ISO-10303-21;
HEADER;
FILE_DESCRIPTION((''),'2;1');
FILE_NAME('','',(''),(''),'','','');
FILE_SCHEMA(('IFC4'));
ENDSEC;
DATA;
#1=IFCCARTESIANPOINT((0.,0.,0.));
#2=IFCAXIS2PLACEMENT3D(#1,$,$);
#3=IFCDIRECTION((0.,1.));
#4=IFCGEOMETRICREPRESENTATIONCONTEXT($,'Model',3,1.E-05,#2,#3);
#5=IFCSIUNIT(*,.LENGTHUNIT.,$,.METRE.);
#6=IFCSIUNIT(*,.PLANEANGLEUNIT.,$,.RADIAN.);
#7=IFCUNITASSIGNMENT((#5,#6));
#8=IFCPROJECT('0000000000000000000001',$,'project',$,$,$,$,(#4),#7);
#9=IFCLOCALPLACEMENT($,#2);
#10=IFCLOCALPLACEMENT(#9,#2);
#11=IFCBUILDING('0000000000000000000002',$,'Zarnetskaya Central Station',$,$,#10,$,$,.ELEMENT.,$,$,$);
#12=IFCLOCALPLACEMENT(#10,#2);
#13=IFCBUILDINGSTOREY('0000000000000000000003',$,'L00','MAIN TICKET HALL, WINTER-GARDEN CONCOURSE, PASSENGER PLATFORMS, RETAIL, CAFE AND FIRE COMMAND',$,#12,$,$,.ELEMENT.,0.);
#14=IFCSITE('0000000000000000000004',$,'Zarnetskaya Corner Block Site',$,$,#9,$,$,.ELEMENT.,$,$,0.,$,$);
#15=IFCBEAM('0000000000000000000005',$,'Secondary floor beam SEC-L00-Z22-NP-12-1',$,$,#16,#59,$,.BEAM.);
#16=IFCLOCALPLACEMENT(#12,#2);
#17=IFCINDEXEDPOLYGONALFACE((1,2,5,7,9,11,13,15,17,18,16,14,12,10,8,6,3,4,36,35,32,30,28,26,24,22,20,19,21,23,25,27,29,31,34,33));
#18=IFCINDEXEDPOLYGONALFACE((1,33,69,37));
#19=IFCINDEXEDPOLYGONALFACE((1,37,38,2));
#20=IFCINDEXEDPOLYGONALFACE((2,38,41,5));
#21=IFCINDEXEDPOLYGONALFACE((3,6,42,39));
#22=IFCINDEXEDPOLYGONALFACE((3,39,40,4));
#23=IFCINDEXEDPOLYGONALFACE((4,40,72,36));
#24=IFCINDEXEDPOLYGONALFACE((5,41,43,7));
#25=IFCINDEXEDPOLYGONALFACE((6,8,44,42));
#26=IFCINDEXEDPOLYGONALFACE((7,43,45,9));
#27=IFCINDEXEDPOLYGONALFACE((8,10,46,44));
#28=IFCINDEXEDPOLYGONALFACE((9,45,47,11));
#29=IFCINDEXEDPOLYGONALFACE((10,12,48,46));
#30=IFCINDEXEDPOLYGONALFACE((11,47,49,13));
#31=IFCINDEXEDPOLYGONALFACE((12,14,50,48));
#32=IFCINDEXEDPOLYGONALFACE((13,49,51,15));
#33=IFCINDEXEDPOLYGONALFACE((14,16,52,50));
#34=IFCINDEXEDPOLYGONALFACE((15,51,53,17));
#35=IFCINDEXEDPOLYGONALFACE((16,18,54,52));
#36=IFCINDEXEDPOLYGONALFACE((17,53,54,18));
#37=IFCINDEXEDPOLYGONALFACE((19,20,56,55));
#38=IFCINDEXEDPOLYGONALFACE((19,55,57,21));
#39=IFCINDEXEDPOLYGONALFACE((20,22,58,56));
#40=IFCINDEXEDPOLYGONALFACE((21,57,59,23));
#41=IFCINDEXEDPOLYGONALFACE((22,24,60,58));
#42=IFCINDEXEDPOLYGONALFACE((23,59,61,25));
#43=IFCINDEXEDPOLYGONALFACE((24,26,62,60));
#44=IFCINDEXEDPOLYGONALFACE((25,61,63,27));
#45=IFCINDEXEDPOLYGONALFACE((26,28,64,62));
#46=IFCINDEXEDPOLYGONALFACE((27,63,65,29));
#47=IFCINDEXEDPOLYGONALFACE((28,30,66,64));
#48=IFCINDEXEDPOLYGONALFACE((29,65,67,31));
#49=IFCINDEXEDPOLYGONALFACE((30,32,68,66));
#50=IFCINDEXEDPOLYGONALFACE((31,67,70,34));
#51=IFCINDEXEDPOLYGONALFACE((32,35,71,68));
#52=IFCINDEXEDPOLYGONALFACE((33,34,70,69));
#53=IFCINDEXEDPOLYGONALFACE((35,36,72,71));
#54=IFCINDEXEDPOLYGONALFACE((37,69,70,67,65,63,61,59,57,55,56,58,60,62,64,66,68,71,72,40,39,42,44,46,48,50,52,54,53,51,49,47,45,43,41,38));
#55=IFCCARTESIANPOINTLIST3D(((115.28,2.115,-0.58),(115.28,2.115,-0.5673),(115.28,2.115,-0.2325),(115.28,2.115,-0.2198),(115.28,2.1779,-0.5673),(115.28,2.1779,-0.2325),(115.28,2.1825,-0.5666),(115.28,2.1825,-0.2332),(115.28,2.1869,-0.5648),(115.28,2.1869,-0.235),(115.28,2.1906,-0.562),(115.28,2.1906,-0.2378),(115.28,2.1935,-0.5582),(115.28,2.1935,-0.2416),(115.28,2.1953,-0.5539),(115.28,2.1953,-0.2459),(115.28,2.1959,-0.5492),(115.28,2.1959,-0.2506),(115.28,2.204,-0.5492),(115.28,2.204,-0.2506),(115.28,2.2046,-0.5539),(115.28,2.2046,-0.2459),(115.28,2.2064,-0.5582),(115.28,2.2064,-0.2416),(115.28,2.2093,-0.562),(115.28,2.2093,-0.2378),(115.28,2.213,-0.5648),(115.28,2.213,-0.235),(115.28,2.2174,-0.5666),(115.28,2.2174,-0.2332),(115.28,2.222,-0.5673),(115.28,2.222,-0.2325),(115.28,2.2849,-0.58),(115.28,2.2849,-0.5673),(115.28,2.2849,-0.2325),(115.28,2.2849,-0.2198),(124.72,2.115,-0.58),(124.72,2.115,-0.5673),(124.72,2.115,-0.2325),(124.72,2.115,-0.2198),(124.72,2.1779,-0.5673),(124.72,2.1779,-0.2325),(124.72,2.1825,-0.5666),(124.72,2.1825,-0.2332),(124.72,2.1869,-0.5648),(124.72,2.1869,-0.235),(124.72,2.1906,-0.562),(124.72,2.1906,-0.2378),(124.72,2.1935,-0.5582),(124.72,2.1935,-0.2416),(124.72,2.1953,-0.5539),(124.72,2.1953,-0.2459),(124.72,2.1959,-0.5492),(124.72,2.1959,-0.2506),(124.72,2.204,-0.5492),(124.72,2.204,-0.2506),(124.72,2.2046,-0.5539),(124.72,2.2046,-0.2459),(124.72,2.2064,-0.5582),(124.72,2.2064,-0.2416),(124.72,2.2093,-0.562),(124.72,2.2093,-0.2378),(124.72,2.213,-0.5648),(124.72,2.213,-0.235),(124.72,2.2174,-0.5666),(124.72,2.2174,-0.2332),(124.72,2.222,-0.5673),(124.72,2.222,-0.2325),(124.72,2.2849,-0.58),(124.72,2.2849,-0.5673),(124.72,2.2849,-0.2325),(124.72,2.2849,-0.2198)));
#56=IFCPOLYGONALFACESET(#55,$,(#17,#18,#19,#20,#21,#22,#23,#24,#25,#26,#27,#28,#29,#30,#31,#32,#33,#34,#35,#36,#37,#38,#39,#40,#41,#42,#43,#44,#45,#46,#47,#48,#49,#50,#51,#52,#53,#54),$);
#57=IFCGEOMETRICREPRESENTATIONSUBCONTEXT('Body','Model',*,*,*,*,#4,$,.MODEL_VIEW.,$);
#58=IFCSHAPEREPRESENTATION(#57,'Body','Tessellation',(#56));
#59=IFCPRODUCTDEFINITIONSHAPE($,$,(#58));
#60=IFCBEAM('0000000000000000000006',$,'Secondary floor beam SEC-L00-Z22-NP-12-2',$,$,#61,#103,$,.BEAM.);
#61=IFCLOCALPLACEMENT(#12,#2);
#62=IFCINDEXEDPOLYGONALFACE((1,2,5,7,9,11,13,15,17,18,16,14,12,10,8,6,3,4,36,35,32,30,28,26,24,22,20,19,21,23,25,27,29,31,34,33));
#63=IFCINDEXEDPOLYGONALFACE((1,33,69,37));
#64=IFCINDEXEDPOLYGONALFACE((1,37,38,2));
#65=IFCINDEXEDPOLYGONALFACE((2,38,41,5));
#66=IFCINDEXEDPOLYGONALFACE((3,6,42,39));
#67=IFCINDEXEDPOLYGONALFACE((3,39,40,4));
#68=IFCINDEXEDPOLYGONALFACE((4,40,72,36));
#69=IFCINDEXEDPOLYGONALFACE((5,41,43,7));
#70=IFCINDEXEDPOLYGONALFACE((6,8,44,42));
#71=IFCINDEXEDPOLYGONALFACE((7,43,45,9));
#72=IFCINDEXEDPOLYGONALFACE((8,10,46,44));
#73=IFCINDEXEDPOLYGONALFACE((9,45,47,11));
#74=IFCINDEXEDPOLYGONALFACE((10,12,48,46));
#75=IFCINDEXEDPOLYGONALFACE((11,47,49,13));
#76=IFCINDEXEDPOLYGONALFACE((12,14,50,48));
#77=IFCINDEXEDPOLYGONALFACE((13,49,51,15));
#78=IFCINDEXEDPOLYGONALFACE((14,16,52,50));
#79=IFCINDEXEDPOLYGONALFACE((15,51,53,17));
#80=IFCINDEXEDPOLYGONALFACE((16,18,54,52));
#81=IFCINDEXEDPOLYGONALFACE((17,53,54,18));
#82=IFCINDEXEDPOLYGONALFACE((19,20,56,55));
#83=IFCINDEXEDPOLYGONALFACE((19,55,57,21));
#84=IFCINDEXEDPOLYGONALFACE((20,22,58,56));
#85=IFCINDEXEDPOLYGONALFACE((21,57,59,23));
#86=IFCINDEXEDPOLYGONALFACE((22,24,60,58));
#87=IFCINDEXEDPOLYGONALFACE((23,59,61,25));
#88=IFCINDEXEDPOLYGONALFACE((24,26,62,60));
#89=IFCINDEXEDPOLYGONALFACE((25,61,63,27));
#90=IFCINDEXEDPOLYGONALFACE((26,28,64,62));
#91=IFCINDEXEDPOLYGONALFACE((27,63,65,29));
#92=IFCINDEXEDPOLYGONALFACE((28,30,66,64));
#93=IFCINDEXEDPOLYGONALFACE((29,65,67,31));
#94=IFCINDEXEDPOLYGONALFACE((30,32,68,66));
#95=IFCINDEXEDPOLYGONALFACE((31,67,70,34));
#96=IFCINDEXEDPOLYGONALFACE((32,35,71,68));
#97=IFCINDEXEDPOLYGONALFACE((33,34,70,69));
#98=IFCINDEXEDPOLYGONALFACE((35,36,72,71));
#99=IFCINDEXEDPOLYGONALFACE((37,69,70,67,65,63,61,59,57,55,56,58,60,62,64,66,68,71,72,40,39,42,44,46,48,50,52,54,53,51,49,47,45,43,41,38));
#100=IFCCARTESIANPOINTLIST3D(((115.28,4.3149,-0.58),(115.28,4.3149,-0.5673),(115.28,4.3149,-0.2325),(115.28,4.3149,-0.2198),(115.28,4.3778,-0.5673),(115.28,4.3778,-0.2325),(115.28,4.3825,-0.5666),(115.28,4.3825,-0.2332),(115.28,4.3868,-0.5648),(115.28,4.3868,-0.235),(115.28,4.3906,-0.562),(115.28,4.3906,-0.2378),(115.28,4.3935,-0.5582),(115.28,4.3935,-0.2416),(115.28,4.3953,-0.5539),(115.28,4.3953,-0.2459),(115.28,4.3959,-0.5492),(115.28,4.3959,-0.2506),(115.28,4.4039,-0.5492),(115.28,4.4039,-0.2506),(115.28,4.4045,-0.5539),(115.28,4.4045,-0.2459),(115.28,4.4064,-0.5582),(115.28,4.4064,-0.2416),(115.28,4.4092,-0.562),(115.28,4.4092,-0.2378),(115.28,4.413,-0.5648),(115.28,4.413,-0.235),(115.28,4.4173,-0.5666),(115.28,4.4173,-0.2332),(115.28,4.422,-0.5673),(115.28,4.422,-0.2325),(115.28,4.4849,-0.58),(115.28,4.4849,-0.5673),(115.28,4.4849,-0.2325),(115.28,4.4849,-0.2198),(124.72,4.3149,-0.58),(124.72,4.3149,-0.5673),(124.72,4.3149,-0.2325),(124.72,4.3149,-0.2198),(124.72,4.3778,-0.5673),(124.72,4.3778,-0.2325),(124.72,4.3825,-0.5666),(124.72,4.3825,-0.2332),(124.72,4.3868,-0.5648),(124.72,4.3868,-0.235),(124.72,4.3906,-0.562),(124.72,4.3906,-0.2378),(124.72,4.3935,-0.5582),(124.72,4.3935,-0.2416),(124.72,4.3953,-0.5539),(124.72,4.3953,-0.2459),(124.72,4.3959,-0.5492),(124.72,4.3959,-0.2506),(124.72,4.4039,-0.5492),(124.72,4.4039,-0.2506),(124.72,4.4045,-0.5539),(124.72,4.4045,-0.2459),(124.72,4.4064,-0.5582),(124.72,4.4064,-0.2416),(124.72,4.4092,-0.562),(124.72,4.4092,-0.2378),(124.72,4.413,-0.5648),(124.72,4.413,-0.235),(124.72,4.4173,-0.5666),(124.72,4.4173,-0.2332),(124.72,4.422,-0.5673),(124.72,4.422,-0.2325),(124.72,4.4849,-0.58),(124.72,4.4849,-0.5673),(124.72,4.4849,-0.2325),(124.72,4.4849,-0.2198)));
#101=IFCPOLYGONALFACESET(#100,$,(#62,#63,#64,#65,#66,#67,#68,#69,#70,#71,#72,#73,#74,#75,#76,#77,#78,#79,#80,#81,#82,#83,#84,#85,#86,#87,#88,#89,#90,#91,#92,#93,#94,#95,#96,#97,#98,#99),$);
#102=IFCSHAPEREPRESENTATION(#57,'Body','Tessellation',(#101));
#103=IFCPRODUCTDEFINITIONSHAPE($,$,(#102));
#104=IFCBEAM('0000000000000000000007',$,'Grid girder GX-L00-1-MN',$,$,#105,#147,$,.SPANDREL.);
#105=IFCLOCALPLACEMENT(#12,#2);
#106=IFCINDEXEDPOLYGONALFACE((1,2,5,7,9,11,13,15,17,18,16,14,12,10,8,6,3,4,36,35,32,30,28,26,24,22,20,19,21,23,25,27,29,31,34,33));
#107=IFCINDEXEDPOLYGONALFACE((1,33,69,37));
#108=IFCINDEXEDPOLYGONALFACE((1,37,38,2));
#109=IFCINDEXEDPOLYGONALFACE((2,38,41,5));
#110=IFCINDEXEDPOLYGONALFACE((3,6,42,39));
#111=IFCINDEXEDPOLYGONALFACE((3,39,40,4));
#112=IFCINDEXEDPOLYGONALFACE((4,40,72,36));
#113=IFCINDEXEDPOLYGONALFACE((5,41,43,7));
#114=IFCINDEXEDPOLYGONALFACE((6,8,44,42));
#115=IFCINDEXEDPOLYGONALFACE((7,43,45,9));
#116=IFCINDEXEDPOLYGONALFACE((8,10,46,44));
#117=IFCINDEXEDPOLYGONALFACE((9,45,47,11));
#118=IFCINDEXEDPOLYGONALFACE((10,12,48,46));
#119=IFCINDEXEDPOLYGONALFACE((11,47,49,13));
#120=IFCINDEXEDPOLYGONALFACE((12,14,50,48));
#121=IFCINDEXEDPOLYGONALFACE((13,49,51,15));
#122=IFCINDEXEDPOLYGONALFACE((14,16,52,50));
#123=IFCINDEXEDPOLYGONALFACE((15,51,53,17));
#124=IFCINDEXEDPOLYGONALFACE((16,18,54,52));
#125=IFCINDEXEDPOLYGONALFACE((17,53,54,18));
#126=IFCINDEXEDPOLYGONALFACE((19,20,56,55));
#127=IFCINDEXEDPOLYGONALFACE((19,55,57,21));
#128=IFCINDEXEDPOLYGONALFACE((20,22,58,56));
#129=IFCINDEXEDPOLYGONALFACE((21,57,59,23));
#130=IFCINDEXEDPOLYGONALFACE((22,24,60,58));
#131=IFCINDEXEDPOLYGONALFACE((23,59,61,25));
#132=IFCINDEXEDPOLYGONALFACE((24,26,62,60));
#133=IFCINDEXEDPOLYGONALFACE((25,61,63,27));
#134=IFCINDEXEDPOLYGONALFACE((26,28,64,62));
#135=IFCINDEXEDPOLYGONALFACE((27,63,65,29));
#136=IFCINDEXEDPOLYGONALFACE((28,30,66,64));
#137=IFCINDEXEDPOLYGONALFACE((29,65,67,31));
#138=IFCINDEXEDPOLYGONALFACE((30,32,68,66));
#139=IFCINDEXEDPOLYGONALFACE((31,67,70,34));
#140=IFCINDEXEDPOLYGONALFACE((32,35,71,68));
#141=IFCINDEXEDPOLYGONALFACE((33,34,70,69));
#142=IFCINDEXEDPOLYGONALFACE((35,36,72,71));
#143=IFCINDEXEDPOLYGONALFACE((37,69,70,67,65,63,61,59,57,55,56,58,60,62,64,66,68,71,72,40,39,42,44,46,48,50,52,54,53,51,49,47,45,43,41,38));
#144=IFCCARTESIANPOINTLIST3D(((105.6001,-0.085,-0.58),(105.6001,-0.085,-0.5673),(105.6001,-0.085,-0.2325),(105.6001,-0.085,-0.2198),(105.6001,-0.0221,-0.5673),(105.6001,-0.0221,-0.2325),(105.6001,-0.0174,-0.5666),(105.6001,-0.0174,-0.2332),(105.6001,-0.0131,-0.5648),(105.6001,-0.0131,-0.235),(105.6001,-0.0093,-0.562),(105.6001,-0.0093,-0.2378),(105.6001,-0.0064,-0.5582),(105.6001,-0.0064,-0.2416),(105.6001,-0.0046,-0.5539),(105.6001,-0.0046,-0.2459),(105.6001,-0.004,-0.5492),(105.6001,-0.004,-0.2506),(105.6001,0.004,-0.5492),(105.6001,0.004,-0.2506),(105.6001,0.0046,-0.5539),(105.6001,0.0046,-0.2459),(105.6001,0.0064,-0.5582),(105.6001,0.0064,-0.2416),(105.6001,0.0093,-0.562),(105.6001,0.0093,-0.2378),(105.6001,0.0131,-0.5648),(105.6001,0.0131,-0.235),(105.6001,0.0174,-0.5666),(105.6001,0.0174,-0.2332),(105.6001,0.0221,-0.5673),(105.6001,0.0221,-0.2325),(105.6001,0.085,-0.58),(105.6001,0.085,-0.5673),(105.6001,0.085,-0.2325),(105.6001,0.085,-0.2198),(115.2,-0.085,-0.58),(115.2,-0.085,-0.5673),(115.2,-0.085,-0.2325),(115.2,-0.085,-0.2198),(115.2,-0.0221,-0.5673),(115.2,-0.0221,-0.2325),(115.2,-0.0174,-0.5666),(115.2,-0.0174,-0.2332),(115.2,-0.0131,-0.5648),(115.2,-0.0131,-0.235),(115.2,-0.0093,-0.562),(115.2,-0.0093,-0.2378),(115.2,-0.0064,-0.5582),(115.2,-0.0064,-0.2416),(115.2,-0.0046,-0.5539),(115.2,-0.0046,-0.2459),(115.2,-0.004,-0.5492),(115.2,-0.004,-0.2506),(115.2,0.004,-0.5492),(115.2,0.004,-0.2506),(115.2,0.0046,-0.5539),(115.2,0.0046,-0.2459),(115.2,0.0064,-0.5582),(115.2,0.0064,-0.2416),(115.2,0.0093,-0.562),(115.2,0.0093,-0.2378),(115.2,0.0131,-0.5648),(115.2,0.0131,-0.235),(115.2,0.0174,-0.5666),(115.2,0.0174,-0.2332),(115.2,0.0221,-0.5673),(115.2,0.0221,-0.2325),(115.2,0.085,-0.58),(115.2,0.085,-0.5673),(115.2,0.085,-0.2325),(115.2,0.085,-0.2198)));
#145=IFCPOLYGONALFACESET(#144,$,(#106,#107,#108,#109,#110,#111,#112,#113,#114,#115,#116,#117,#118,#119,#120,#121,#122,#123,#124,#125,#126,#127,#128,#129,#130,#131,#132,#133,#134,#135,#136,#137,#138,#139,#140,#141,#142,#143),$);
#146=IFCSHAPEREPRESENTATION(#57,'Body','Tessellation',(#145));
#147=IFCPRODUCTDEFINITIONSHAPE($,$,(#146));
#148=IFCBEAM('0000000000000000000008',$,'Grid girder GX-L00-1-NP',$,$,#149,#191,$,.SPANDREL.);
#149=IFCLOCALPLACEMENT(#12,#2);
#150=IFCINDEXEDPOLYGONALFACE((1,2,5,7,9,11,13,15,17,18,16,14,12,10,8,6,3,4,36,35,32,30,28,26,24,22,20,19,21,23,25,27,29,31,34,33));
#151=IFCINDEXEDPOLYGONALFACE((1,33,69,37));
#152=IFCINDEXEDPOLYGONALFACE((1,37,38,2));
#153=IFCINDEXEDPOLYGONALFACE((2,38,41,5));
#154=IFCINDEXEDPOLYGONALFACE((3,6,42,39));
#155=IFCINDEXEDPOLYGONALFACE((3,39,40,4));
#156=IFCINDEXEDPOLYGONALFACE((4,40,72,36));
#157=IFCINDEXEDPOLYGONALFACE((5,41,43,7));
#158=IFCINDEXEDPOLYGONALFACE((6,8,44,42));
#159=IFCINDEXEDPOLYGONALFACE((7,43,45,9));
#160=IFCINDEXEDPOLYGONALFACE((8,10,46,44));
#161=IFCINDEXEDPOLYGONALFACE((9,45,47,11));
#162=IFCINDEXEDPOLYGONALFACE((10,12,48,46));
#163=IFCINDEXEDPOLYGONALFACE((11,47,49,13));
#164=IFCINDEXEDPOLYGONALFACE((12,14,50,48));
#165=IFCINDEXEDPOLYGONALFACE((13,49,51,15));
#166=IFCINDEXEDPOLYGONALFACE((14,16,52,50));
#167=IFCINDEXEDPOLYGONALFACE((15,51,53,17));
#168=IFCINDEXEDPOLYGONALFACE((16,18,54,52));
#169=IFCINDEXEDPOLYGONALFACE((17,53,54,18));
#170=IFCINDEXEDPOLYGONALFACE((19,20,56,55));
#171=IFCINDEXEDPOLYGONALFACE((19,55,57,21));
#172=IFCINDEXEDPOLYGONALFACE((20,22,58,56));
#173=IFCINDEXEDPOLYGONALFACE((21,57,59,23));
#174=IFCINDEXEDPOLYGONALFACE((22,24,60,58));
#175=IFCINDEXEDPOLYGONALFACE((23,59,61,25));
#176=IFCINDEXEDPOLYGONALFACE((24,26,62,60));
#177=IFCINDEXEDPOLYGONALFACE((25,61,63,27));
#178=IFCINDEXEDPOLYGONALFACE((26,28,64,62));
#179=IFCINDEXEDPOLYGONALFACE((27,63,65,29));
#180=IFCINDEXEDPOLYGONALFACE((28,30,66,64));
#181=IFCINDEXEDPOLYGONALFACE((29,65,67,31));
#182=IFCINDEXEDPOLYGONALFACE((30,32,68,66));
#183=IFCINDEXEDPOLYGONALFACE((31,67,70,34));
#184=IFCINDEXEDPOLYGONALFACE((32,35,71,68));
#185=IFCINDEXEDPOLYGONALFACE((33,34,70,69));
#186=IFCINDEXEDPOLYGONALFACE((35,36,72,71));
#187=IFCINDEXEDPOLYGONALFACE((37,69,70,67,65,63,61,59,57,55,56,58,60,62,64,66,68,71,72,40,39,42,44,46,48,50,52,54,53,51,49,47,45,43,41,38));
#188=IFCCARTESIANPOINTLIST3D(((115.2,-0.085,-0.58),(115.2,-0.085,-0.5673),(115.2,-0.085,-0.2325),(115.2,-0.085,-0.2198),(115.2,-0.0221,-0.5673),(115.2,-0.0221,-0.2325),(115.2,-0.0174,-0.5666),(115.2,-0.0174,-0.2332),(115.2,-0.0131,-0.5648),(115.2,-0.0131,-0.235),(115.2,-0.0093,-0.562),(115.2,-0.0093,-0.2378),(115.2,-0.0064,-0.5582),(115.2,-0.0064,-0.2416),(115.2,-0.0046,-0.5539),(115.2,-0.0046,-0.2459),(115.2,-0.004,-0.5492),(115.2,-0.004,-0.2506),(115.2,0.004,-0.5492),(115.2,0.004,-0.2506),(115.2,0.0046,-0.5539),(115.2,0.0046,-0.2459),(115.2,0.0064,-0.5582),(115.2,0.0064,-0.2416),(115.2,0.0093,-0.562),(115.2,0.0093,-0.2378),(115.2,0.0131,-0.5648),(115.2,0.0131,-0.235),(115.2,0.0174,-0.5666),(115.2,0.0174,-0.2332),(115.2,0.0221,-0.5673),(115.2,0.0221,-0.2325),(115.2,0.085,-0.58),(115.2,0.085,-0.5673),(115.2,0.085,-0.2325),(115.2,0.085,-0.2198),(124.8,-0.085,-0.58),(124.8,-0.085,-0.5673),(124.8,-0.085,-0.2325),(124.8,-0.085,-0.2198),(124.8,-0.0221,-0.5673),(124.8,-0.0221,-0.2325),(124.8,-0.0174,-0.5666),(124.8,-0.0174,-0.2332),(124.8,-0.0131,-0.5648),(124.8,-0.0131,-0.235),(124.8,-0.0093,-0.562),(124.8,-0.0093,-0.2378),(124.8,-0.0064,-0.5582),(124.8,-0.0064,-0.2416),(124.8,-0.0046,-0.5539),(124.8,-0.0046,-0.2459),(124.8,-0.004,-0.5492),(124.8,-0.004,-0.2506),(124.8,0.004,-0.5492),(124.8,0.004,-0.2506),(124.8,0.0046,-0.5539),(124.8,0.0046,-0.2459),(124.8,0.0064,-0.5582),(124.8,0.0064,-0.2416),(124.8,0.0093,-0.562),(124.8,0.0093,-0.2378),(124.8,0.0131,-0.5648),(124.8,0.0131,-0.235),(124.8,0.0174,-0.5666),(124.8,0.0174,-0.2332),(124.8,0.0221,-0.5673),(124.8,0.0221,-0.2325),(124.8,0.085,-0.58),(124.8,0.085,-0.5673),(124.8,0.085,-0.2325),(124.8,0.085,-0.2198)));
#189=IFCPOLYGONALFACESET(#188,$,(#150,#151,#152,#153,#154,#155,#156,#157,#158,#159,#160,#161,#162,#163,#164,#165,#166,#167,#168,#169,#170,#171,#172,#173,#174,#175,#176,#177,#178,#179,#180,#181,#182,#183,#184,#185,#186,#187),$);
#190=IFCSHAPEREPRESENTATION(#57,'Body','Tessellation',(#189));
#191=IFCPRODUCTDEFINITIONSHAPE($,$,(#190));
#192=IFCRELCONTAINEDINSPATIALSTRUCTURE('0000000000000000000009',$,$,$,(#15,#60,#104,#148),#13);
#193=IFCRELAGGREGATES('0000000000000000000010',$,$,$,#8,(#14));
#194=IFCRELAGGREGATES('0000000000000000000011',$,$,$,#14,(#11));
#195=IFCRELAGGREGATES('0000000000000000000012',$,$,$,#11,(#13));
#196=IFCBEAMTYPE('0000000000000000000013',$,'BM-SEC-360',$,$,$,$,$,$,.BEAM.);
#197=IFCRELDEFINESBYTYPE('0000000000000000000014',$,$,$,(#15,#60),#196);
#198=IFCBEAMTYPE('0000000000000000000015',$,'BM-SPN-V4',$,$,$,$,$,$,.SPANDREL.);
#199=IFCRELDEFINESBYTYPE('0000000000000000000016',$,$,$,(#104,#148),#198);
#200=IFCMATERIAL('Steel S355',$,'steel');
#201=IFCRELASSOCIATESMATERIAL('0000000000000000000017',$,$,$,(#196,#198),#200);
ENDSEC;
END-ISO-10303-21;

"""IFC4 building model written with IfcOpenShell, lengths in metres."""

from ifc_helpers import new_model, si_unit, direction, frame, origin, origin_2d, place, context, subcontext, project, spatial, i_section, extrude, material, material_profile, profile_set, type_object, element, save


model = new_model("IFC4")

# Units and contexts
model_context = context("Model", 3, precision=1e-05, world=origin(), true_north=direction((0.0, 1.0)))
body_context = subcontext(model_context, "Body", "Model", "MODEL_VIEW")
ifc_project = project(units=[si_unit("LENGTHUNIT", "METRE"), si_unit("PLANEANGLEUNIT", "RADIAN")], contexts=[model_context])

# Site, building, storey
site_placement = place(None, origin())
site = spatial("IfcSite", under=ifc_project, at=site_placement, Name="Zarnetskaya Corner Block Site", CompositionType="ELEMENT", RefElevation=0.0)
building_placement = place(site_placement, origin())
building = spatial("IfcBuilding", under=site, at=building_placement, Name="Zarnetskaya Central Station", CompositionType="ELEMENT")
storey_placement = place(building_placement, origin())
storey = spatial("IfcBuildingStorey", under=building, at=storey_placement, Name="L00", Description="MAIN TICKET HALL, WINTER-GARDEN CONCOURSE, PASSENGER PLATFORMS, RETAIL, CAFE AND FIRE COMMAND", CompositionType="ELEMENT", Elevation=0.0)

# Shared definitions
ifc_material_1 = material(Name="Steel S355", Category="steel")

# Beams
ifc_material_profile_1 = material_profile(ifc_material_1, i_section(OverallWidth=0.1699, OverallDepth=0.3601, WebThickness=0.0081, FlangeThickness=0.0127, FilletRadius=0.0181, at=origin_2d()), Name="IPE 360")
ifc_profile_set_1 = profile_set([ifc_material_profile_1], Name="Steel S355")
beam_type_1 = type_object("IfcBeamType", Name="BM-SEC-360", PredefinedType="BEAM", material=ifc_profile_set_1)
for number, where, z_axis, x_axis, name in (
    (1, (115.28, 2.2, -0.3999), (1.0, 0.0, 0.0), (0.0, 1.0, 0.0), "Secondary floor beam SEC-L00-Z22-NP-12-1"),
    (2, (115.28, 4.3999, -0.3999), (1.0, 0.0, 0.0), (0.0, 1.0, 0.0), "Secondary floor beam SEC-L00-Z22-NP-12-2"),
):
    element("IfcBeam", number, at=place(storey_placement, frame(where, z_axis=z_axis, x_axis=x_axis)), inside=storey, type_object=beam_type_1, Name=name, PredefinedType="BEAM", context=body_context, shape_type="SweptSolid", body=[
        extrude(i_section(OverallWidth=0.1699, OverallDepth=0.3601, WebThickness=0.0081, FlangeThickness=0.0127, FilletRadius=0.0181, at=origin_2d()), origin(), (0.0, 0.0, 1.0), 9.4399),
    ])
ifc_material_profile_2 = material_profile(ifc_material_1, i_section(OverallWidth=0.1699, OverallDepth=0.3601, WebThickness=0.0081, FlangeThickness=0.0127, FilletRadius=0.0181, at=origin_2d()), Name="IPE 360")
ifc_profile_set_2 = profile_set([ifc_material_profile_2], Name="Steel S355")
beam_type_2 = type_object("IfcBeamType", Name="BM-SPN-V4", PredefinedType="SPANDREL", material=ifc_profile_set_2)
beam_1_placement = place(storey_placement, frame((105.6001, 0.0, -0.3999), z_axis=(1.0, 0.0, 0.0), x_axis=(0.0, 1.0, 0.0)))
element("IfcBeam", 3, at=beam_1_placement, inside=storey, type_object=beam_type_2, Name="Grid girder GX-L00-1-MN", PredefinedType="SPANDREL", context=body_context, shape_type="SweptSolid", body=[
    extrude(i_section(OverallWidth=0.1699, OverallDepth=0.3601, WebThickness=0.0081, FlangeThickness=0.0127, FilletRadius=0.0181, at=origin_2d()), origin(), (0.0, 0.0, 1.0), 9.5999),
])
beam_2_placement = place(storey_placement, frame((115.2, 0.0, -0.3999), z_axis=(1.0, 0.0, 0.0), x_axis=(0.0, 1.0, 0.0)))
element("IfcBeam", 4, at=beam_2_placement, inside=storey, type_object=beam_type_2, Name="Grid girder GX-L00-1-NP", PredefinedType="SPANDREL", context=body_context, shape_type="SweptSolid", body=[
    extrude(i_section(OverallWidth=0.1699, OverallDepth=0.3601, WebThickness=0.0081, FlangeThickness=0.0127, FilletRadius=0.0181, at=origin_2d()), origin(), (0.0, 0.0, 1.0), 9.6001),
])

save(model, "model.ifc")
